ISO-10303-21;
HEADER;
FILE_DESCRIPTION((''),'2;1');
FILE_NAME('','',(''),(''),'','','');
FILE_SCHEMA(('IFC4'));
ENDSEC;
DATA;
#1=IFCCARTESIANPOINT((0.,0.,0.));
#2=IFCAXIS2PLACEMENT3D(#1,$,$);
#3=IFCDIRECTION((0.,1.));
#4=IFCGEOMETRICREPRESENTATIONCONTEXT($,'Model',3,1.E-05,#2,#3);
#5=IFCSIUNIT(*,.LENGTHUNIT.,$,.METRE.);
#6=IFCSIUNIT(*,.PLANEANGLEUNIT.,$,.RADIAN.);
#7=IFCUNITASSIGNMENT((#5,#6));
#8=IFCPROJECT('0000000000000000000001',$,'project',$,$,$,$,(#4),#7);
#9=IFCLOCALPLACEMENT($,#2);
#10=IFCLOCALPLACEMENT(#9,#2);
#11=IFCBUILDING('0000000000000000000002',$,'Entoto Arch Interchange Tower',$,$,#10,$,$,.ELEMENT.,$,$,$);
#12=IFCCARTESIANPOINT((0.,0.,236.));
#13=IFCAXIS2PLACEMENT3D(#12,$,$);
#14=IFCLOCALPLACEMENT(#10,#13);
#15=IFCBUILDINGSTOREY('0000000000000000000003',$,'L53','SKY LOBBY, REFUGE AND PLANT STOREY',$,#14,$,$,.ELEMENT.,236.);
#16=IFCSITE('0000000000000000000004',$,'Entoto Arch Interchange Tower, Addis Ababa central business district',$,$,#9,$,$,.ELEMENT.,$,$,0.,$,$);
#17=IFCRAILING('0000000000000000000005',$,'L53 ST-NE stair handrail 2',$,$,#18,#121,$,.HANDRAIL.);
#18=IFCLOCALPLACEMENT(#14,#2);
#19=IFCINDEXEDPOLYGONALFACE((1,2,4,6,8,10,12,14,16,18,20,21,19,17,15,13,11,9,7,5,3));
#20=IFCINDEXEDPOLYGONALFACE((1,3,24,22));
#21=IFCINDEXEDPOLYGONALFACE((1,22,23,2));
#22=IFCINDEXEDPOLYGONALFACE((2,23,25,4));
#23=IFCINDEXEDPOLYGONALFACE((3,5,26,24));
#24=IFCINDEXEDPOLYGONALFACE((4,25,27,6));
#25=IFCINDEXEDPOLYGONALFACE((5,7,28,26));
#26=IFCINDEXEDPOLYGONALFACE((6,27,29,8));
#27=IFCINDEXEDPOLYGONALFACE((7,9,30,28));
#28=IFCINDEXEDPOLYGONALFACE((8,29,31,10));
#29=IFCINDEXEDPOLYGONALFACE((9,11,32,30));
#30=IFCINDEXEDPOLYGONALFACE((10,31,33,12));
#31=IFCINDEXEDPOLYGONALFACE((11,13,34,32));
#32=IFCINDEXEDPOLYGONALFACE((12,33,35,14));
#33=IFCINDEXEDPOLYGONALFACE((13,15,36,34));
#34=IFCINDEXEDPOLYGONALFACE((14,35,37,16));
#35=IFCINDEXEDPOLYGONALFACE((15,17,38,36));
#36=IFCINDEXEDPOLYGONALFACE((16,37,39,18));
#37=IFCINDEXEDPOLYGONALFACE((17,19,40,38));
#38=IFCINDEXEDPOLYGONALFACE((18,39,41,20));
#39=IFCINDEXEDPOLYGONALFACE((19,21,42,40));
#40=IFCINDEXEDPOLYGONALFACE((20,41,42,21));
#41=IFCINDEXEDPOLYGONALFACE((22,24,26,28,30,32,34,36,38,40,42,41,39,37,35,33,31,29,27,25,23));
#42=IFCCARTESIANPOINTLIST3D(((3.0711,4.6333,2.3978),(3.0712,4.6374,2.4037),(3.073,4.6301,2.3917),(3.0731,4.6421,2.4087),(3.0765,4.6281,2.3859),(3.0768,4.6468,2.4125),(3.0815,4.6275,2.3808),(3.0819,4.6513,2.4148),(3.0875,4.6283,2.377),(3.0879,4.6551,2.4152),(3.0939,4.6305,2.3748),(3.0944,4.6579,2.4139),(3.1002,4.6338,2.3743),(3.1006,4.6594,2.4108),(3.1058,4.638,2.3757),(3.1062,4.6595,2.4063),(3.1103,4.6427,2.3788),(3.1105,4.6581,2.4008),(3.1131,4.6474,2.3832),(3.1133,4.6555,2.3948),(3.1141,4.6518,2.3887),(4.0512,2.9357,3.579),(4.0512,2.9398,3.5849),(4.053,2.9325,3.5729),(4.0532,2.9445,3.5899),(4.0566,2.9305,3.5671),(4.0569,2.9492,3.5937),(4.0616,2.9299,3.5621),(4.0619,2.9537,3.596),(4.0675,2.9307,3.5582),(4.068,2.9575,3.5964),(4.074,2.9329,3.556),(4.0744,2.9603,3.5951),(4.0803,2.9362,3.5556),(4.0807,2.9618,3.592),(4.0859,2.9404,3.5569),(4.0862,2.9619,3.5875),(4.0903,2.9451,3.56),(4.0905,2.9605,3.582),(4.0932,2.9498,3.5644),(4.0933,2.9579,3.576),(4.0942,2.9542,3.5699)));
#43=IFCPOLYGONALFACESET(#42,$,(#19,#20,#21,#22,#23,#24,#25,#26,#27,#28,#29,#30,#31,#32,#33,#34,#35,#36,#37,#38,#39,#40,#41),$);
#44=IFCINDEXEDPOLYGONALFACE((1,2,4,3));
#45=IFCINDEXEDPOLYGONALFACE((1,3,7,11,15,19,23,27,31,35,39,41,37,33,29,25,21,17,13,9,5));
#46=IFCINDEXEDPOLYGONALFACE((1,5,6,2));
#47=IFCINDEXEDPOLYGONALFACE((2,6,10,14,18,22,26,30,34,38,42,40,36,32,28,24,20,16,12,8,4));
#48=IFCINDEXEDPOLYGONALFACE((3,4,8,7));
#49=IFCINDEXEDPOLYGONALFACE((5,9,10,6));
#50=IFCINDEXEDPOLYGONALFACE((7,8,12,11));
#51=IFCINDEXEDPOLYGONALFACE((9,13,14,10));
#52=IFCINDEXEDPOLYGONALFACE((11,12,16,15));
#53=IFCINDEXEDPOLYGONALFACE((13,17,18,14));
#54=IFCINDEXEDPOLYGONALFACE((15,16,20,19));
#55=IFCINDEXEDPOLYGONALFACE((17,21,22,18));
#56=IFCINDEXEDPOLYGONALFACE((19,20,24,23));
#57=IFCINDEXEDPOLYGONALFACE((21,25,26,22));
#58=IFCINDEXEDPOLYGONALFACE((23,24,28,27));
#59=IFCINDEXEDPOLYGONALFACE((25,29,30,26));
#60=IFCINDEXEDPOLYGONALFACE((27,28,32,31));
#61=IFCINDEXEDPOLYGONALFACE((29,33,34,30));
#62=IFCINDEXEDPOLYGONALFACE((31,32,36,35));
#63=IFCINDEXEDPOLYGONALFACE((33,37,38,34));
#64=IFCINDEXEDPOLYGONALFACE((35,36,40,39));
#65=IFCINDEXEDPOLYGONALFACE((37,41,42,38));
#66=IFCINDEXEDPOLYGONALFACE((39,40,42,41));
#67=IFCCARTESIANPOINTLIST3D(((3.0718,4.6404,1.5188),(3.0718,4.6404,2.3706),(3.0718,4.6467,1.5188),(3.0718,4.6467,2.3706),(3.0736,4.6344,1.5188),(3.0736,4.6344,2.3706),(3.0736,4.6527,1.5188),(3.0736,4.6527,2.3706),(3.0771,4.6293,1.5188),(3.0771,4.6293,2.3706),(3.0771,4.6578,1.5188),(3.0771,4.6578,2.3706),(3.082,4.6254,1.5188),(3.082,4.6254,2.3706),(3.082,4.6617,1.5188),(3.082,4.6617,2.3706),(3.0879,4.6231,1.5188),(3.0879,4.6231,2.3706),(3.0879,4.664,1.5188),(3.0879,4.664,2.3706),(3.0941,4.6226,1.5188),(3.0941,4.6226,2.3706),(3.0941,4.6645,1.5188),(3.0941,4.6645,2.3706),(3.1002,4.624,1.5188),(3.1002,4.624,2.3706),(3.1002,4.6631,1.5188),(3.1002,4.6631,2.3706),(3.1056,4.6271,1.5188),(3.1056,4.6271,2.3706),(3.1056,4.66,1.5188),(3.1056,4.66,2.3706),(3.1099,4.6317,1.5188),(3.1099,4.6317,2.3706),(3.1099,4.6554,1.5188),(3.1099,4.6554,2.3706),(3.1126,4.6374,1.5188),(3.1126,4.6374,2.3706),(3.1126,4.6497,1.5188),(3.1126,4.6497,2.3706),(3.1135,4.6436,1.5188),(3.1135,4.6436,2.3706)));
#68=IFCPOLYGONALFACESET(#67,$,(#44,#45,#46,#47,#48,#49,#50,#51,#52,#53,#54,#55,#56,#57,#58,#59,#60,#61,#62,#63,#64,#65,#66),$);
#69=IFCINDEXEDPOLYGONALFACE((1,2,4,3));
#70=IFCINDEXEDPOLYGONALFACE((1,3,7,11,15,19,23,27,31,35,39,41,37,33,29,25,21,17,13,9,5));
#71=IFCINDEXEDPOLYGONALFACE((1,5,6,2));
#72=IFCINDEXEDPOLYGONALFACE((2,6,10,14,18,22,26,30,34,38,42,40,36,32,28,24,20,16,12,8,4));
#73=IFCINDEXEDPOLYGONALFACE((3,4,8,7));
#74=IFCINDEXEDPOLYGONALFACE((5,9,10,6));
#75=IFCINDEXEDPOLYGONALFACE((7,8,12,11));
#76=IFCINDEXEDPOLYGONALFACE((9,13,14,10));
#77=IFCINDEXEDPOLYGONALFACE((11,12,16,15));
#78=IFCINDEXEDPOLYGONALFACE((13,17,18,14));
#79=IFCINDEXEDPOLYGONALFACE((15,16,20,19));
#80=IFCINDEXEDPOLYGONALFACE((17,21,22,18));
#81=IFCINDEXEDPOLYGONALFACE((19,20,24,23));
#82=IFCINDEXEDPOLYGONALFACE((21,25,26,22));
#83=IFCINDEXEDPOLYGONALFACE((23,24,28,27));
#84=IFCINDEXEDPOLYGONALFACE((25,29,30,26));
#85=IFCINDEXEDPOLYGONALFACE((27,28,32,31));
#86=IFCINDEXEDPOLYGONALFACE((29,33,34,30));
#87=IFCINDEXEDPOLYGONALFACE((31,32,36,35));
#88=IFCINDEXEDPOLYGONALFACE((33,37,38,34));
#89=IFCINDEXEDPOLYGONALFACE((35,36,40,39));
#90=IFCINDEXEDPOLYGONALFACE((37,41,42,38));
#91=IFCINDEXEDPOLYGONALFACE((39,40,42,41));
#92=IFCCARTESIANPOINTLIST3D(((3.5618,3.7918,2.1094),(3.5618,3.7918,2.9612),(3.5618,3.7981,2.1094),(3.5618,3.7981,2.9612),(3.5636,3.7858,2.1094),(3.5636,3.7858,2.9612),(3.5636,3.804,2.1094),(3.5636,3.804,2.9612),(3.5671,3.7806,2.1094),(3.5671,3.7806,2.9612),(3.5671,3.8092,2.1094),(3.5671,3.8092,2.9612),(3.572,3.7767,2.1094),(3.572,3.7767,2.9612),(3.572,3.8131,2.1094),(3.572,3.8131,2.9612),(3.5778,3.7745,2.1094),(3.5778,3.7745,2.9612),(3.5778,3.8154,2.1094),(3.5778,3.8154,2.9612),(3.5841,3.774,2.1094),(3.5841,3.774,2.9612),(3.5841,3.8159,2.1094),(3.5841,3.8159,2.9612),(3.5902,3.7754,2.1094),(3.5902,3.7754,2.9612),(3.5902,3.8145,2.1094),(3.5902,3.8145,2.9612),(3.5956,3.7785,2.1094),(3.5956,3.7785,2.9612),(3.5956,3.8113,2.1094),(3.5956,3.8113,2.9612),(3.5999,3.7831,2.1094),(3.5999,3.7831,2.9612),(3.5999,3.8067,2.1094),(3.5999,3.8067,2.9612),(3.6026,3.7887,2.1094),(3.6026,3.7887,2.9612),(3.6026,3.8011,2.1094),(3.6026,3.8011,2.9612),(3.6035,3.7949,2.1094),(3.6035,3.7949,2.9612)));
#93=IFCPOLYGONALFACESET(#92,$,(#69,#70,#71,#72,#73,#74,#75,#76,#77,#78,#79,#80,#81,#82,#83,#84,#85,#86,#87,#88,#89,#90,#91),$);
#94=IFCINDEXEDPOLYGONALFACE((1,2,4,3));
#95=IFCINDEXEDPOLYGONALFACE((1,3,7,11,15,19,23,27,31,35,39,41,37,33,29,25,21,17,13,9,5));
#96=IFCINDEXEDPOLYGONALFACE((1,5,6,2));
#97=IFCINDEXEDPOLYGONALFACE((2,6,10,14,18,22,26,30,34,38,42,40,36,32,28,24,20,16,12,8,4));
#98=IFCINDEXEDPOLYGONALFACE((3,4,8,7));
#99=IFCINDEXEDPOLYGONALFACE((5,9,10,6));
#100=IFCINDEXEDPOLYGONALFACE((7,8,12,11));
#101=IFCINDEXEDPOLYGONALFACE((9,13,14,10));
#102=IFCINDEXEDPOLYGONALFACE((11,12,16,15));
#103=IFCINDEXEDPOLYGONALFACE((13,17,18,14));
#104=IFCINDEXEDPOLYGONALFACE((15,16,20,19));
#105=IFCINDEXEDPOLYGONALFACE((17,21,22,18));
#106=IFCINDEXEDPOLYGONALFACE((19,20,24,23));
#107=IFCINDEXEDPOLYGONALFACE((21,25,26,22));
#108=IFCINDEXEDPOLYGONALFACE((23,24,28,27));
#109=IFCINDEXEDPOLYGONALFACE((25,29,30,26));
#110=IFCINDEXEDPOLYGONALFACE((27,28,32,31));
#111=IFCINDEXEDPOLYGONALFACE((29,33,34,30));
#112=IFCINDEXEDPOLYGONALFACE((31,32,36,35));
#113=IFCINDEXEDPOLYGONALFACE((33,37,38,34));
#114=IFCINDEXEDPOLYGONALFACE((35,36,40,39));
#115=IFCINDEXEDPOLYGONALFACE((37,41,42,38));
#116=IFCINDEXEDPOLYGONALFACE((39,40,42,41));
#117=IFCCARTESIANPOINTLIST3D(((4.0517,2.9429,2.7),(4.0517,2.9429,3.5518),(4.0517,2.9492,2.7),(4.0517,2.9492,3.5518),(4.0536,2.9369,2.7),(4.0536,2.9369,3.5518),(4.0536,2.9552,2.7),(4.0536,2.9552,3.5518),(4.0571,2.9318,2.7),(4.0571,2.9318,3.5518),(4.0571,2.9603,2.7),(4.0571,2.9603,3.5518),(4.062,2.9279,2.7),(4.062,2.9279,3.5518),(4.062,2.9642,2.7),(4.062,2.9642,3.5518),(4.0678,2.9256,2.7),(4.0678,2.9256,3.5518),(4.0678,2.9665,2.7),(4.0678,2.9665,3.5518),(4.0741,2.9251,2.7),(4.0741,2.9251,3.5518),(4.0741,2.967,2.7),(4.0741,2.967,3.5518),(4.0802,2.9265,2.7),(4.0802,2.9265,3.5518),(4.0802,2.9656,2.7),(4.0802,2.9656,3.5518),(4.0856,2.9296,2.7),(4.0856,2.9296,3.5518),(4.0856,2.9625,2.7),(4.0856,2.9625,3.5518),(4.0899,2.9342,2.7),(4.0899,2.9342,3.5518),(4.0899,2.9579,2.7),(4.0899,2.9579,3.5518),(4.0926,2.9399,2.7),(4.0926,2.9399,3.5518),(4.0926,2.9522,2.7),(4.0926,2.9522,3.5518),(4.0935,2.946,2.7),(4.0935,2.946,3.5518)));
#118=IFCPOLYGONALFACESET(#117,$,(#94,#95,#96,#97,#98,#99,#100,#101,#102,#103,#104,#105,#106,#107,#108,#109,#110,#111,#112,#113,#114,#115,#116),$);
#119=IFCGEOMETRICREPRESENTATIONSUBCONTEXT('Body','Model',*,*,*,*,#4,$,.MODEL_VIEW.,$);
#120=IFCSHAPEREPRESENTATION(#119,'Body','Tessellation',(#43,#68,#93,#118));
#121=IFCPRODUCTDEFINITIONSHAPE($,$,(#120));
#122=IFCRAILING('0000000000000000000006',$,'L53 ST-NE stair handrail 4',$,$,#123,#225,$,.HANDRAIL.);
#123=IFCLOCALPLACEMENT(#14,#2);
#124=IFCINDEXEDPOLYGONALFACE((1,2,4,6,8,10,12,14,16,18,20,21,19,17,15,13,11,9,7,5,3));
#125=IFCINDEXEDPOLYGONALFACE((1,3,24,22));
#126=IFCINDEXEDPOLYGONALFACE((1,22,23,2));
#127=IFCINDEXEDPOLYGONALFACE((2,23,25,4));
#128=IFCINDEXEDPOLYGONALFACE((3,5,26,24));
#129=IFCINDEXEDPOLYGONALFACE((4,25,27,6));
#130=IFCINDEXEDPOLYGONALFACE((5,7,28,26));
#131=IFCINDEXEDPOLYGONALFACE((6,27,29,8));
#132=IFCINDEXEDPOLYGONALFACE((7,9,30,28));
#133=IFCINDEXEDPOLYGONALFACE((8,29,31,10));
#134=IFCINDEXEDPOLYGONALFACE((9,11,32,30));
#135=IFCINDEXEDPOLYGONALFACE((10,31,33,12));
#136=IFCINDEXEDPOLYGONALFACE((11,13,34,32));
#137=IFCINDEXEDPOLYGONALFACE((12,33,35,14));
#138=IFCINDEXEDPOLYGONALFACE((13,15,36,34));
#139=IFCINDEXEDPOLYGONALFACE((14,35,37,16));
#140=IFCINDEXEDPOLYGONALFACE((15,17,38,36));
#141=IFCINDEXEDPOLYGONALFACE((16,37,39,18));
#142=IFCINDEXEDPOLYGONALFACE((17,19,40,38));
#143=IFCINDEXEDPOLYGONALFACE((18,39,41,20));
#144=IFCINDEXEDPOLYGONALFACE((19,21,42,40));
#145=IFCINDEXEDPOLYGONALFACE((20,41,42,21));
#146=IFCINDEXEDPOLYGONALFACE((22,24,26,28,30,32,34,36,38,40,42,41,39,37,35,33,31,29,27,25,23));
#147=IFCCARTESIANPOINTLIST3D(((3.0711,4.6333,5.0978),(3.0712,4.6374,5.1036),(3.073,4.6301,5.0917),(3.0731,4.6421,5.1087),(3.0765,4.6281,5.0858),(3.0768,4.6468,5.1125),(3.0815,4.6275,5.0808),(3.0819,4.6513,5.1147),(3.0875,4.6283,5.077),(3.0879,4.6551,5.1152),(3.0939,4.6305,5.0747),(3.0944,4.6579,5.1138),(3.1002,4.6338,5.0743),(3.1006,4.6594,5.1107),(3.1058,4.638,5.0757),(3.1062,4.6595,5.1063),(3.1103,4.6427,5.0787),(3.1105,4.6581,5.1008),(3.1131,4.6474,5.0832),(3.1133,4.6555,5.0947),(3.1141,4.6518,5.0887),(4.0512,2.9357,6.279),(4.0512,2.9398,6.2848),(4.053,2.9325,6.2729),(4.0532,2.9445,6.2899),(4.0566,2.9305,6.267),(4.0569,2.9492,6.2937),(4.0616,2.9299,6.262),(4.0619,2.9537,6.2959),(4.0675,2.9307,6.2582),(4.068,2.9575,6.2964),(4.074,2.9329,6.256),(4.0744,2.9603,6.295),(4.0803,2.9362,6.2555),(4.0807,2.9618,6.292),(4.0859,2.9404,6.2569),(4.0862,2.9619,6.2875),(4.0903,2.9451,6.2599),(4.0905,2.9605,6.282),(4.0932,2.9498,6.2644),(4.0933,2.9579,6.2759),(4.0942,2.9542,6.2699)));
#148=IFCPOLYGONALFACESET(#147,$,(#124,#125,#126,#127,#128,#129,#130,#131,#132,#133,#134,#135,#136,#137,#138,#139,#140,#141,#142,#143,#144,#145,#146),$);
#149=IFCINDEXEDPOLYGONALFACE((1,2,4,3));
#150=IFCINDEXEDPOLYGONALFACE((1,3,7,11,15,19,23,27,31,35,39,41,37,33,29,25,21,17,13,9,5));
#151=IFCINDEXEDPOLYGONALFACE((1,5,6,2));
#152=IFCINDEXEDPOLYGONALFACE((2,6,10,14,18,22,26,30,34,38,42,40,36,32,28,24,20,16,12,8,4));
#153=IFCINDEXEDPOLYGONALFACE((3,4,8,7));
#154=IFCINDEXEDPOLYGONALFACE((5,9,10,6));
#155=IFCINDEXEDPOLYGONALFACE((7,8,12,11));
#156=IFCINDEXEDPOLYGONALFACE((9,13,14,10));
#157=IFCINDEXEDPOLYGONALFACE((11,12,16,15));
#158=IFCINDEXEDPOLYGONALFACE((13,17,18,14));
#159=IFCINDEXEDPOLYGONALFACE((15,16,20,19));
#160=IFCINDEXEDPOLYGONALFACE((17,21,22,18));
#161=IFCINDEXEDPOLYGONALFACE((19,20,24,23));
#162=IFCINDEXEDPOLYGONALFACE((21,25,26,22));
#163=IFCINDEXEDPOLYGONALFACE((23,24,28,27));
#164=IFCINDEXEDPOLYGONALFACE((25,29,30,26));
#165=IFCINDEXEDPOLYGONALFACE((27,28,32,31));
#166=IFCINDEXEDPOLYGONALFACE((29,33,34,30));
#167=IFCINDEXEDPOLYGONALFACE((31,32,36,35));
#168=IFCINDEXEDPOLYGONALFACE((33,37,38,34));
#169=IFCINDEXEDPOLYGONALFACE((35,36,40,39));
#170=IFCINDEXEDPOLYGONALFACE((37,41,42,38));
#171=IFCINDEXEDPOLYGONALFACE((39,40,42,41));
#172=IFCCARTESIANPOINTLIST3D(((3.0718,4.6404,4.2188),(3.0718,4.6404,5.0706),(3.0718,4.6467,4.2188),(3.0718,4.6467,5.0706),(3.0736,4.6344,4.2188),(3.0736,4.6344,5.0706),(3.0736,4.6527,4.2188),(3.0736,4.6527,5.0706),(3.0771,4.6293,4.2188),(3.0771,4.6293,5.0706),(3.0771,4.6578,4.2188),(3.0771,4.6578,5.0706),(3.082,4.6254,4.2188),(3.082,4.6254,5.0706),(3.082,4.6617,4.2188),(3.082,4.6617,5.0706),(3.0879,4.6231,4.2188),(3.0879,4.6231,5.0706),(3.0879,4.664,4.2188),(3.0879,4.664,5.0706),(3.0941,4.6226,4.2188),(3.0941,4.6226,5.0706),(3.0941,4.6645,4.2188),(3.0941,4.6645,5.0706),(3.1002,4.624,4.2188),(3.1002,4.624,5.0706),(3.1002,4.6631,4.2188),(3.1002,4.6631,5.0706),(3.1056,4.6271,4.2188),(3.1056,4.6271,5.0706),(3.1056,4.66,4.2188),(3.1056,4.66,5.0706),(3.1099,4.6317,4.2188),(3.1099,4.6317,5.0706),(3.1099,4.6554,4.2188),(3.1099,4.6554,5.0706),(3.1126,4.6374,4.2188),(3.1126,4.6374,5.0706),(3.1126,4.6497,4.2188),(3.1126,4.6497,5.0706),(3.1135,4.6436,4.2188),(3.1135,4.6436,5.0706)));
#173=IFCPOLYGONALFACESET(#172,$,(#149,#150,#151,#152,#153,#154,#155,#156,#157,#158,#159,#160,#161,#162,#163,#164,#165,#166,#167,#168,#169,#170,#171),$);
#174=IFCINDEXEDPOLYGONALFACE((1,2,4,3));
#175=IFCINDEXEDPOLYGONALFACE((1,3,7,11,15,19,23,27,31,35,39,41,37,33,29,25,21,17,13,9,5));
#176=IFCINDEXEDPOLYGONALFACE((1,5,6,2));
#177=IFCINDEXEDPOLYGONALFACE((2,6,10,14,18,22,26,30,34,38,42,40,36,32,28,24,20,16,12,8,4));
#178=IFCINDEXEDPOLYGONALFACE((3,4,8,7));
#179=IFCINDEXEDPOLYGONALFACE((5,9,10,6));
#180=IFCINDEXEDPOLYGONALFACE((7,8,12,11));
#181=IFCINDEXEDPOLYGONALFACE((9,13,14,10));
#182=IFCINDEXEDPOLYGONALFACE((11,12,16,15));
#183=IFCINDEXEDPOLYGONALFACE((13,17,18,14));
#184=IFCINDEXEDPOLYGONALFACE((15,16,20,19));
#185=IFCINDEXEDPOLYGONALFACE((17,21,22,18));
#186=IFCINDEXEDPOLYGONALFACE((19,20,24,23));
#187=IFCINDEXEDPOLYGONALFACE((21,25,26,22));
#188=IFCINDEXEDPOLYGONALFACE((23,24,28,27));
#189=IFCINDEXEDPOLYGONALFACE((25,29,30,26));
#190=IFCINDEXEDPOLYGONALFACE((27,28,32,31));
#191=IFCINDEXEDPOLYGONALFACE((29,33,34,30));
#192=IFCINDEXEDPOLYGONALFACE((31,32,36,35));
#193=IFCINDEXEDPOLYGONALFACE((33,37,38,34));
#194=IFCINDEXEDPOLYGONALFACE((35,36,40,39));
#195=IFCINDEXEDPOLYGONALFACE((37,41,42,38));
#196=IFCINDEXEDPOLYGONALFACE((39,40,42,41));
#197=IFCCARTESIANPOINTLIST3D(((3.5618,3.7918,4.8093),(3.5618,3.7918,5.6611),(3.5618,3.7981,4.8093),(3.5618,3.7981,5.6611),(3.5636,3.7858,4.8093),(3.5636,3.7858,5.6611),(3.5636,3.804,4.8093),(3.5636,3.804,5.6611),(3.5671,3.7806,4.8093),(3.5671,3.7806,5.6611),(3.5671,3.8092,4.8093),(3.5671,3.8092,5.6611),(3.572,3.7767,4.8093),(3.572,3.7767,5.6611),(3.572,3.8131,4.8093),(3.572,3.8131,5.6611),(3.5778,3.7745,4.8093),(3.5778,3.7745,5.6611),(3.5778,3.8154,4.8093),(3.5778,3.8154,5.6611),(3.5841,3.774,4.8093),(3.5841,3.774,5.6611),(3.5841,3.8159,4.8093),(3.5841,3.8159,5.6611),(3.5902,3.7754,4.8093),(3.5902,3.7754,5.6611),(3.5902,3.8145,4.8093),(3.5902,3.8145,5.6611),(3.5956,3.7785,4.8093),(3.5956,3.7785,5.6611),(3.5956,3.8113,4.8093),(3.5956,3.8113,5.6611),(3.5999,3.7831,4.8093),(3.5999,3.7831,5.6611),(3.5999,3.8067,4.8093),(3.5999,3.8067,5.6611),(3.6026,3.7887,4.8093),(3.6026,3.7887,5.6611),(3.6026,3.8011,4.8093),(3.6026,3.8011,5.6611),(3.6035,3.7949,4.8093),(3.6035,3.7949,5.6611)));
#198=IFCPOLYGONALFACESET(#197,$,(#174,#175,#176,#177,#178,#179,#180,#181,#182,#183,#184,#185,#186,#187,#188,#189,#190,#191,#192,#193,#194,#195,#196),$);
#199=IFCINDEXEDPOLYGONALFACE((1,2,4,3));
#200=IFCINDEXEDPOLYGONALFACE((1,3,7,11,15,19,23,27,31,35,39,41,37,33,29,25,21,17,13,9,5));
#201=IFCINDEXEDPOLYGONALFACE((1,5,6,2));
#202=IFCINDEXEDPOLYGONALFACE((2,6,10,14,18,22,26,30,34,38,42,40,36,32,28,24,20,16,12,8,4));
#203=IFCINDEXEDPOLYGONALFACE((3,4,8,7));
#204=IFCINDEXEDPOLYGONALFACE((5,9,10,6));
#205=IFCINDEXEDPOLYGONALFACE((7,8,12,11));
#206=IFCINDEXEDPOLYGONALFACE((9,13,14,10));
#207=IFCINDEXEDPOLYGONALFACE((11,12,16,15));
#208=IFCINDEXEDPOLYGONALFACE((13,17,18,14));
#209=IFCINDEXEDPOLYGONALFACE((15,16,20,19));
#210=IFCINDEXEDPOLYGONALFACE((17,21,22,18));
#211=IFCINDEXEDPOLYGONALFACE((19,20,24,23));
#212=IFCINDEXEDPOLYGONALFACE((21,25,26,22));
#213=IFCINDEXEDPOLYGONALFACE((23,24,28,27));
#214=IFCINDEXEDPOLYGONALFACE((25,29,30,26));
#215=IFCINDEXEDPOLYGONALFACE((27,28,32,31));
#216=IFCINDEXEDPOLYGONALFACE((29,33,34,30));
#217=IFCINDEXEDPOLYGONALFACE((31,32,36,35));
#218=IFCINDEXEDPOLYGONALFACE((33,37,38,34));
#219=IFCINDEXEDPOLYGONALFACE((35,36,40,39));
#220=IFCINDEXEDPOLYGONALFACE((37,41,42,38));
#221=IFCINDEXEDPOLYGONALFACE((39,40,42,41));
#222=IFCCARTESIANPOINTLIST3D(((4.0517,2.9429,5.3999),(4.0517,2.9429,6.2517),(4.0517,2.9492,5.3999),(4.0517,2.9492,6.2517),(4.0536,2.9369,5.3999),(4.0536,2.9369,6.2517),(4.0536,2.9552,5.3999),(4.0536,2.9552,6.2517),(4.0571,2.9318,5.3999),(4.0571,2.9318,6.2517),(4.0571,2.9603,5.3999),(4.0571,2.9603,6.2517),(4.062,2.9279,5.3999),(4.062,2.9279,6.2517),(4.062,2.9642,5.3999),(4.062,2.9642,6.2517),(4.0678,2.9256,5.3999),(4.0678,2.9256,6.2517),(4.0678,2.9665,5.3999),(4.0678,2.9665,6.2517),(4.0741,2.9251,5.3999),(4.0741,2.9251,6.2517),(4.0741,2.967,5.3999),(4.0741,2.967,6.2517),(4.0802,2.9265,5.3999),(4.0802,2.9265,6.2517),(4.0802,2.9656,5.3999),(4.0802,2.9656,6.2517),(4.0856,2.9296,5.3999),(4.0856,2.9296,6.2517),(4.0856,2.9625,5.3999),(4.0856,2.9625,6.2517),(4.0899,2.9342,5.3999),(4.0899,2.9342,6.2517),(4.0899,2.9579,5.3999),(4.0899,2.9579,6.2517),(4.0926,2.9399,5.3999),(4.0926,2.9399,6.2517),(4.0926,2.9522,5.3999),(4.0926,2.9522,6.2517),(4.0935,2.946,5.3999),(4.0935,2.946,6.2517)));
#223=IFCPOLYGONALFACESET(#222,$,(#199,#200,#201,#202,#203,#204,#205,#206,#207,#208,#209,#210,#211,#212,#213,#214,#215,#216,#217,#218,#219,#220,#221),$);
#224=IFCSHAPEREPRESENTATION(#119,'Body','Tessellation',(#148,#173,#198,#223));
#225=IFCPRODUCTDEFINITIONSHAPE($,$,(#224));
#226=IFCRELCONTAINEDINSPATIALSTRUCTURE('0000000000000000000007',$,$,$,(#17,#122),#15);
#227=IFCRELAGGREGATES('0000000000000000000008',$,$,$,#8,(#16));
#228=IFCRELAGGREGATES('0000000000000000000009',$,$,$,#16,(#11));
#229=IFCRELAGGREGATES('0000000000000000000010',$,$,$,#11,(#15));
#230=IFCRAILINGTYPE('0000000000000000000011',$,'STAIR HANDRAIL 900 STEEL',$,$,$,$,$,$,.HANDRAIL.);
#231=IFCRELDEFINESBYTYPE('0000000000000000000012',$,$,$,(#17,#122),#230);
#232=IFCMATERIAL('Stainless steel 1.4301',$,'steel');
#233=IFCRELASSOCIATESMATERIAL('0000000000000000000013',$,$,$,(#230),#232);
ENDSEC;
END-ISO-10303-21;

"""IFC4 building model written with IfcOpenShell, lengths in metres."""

from ifc_helpers import new_model, si_unit, direction, frame, origin, origin_2d, place, context, subcontext, project, spatial, circle, extrude, material, type_object, element, save


model = new_model("IFC4")

# Units and contexts
model_context = context("Model", 3, precision=1e-05, world=origin(), true_north=direction((0.0, 1.0)))
body_context = subcontext(model_context, "Body", "Model", "MODEL_VIEW")
ifc_project = project(units=[si_unit("LENGTHUNIT", "METRE"), si_unit("PLANEANGLEUNIT", "RADIAN")], contexts=[model_context])

# Site, building, storey
site_placement = place(None, origin())
site = spatial("IfcSite", under=ifc_project, at=site_placement, Name="Entoto Arch Interchange Tower, Addis Ababa central business district", CompositionType="ELEMENT", RefElevation=0.0)
building_placement = place(site_placement, origin())
building = spatial("IfcBuilding", under=site, at=building_placement, Name="Entoto Arch Interchange Tower", CompositionType="ELEMENT")
storey_placement = place(building_placement, frame((0.0, 0.0, 236.0)))
storey = spatial("IfcBuildingStorey", under=building, at=storey_placement, Name="L53", Description="SKY LOBBY, REFUGE AND PLANT STOREY", CompositionType="ELEMENT", Elevation=236.0)

# Railings
ifc_material_1 = material(Name="Stainless steel 1.4301", Category="steel")
railing_type = type_object("IfcRailingType", Name="STAIR HANDRAIL 900 STEEL", PredefinedType="HANDRAIL", material=ifc_material_1)
for number, where, name in (
    (1, (3.0925, 4.6436, 1.5188), "L53 ST-NE stair handrail 2"),
    (2, (3.0925, 4.6436, 4.2188), "L53 ST-NE stair handrail 4"),
):
    element("IfcRailing", number, at=place(storey_placement, frame(where)), inside=storey, type_object=railing_type, Name=name, PredefinedType="HANDRAIL", context=body_context, shape_type="SweptSolid", body=[
        extrude(circle(Radius=0.0239, at=origin_2d()), frame((0.0, 0.0, 0.876), z_axis=(0.428228, -0.741771, 0.516135), x_axis=(0.866042, 0.49997, 0.0)), (0.0, 0.0, 1.0), 2.2886),
        extrude(circle(Radius=0.021, at=origin_2d()), origin(), (0.0, 0.0, 1.0), 0.8518),
        extrude(circle(Radius=0.021, at=origin_2d()), frame((0.49, -0.8486, 0.5906)), (0.0, 0.0, 1.0), 0.8518),
        extrude(circle(Radius=0.021, at=origin_2d()), frame((0.98, -1.6975, 1.1812)), (0.0, 0.0, 1.0), 0.8518),
    ])

save(model, "model.ifc")
